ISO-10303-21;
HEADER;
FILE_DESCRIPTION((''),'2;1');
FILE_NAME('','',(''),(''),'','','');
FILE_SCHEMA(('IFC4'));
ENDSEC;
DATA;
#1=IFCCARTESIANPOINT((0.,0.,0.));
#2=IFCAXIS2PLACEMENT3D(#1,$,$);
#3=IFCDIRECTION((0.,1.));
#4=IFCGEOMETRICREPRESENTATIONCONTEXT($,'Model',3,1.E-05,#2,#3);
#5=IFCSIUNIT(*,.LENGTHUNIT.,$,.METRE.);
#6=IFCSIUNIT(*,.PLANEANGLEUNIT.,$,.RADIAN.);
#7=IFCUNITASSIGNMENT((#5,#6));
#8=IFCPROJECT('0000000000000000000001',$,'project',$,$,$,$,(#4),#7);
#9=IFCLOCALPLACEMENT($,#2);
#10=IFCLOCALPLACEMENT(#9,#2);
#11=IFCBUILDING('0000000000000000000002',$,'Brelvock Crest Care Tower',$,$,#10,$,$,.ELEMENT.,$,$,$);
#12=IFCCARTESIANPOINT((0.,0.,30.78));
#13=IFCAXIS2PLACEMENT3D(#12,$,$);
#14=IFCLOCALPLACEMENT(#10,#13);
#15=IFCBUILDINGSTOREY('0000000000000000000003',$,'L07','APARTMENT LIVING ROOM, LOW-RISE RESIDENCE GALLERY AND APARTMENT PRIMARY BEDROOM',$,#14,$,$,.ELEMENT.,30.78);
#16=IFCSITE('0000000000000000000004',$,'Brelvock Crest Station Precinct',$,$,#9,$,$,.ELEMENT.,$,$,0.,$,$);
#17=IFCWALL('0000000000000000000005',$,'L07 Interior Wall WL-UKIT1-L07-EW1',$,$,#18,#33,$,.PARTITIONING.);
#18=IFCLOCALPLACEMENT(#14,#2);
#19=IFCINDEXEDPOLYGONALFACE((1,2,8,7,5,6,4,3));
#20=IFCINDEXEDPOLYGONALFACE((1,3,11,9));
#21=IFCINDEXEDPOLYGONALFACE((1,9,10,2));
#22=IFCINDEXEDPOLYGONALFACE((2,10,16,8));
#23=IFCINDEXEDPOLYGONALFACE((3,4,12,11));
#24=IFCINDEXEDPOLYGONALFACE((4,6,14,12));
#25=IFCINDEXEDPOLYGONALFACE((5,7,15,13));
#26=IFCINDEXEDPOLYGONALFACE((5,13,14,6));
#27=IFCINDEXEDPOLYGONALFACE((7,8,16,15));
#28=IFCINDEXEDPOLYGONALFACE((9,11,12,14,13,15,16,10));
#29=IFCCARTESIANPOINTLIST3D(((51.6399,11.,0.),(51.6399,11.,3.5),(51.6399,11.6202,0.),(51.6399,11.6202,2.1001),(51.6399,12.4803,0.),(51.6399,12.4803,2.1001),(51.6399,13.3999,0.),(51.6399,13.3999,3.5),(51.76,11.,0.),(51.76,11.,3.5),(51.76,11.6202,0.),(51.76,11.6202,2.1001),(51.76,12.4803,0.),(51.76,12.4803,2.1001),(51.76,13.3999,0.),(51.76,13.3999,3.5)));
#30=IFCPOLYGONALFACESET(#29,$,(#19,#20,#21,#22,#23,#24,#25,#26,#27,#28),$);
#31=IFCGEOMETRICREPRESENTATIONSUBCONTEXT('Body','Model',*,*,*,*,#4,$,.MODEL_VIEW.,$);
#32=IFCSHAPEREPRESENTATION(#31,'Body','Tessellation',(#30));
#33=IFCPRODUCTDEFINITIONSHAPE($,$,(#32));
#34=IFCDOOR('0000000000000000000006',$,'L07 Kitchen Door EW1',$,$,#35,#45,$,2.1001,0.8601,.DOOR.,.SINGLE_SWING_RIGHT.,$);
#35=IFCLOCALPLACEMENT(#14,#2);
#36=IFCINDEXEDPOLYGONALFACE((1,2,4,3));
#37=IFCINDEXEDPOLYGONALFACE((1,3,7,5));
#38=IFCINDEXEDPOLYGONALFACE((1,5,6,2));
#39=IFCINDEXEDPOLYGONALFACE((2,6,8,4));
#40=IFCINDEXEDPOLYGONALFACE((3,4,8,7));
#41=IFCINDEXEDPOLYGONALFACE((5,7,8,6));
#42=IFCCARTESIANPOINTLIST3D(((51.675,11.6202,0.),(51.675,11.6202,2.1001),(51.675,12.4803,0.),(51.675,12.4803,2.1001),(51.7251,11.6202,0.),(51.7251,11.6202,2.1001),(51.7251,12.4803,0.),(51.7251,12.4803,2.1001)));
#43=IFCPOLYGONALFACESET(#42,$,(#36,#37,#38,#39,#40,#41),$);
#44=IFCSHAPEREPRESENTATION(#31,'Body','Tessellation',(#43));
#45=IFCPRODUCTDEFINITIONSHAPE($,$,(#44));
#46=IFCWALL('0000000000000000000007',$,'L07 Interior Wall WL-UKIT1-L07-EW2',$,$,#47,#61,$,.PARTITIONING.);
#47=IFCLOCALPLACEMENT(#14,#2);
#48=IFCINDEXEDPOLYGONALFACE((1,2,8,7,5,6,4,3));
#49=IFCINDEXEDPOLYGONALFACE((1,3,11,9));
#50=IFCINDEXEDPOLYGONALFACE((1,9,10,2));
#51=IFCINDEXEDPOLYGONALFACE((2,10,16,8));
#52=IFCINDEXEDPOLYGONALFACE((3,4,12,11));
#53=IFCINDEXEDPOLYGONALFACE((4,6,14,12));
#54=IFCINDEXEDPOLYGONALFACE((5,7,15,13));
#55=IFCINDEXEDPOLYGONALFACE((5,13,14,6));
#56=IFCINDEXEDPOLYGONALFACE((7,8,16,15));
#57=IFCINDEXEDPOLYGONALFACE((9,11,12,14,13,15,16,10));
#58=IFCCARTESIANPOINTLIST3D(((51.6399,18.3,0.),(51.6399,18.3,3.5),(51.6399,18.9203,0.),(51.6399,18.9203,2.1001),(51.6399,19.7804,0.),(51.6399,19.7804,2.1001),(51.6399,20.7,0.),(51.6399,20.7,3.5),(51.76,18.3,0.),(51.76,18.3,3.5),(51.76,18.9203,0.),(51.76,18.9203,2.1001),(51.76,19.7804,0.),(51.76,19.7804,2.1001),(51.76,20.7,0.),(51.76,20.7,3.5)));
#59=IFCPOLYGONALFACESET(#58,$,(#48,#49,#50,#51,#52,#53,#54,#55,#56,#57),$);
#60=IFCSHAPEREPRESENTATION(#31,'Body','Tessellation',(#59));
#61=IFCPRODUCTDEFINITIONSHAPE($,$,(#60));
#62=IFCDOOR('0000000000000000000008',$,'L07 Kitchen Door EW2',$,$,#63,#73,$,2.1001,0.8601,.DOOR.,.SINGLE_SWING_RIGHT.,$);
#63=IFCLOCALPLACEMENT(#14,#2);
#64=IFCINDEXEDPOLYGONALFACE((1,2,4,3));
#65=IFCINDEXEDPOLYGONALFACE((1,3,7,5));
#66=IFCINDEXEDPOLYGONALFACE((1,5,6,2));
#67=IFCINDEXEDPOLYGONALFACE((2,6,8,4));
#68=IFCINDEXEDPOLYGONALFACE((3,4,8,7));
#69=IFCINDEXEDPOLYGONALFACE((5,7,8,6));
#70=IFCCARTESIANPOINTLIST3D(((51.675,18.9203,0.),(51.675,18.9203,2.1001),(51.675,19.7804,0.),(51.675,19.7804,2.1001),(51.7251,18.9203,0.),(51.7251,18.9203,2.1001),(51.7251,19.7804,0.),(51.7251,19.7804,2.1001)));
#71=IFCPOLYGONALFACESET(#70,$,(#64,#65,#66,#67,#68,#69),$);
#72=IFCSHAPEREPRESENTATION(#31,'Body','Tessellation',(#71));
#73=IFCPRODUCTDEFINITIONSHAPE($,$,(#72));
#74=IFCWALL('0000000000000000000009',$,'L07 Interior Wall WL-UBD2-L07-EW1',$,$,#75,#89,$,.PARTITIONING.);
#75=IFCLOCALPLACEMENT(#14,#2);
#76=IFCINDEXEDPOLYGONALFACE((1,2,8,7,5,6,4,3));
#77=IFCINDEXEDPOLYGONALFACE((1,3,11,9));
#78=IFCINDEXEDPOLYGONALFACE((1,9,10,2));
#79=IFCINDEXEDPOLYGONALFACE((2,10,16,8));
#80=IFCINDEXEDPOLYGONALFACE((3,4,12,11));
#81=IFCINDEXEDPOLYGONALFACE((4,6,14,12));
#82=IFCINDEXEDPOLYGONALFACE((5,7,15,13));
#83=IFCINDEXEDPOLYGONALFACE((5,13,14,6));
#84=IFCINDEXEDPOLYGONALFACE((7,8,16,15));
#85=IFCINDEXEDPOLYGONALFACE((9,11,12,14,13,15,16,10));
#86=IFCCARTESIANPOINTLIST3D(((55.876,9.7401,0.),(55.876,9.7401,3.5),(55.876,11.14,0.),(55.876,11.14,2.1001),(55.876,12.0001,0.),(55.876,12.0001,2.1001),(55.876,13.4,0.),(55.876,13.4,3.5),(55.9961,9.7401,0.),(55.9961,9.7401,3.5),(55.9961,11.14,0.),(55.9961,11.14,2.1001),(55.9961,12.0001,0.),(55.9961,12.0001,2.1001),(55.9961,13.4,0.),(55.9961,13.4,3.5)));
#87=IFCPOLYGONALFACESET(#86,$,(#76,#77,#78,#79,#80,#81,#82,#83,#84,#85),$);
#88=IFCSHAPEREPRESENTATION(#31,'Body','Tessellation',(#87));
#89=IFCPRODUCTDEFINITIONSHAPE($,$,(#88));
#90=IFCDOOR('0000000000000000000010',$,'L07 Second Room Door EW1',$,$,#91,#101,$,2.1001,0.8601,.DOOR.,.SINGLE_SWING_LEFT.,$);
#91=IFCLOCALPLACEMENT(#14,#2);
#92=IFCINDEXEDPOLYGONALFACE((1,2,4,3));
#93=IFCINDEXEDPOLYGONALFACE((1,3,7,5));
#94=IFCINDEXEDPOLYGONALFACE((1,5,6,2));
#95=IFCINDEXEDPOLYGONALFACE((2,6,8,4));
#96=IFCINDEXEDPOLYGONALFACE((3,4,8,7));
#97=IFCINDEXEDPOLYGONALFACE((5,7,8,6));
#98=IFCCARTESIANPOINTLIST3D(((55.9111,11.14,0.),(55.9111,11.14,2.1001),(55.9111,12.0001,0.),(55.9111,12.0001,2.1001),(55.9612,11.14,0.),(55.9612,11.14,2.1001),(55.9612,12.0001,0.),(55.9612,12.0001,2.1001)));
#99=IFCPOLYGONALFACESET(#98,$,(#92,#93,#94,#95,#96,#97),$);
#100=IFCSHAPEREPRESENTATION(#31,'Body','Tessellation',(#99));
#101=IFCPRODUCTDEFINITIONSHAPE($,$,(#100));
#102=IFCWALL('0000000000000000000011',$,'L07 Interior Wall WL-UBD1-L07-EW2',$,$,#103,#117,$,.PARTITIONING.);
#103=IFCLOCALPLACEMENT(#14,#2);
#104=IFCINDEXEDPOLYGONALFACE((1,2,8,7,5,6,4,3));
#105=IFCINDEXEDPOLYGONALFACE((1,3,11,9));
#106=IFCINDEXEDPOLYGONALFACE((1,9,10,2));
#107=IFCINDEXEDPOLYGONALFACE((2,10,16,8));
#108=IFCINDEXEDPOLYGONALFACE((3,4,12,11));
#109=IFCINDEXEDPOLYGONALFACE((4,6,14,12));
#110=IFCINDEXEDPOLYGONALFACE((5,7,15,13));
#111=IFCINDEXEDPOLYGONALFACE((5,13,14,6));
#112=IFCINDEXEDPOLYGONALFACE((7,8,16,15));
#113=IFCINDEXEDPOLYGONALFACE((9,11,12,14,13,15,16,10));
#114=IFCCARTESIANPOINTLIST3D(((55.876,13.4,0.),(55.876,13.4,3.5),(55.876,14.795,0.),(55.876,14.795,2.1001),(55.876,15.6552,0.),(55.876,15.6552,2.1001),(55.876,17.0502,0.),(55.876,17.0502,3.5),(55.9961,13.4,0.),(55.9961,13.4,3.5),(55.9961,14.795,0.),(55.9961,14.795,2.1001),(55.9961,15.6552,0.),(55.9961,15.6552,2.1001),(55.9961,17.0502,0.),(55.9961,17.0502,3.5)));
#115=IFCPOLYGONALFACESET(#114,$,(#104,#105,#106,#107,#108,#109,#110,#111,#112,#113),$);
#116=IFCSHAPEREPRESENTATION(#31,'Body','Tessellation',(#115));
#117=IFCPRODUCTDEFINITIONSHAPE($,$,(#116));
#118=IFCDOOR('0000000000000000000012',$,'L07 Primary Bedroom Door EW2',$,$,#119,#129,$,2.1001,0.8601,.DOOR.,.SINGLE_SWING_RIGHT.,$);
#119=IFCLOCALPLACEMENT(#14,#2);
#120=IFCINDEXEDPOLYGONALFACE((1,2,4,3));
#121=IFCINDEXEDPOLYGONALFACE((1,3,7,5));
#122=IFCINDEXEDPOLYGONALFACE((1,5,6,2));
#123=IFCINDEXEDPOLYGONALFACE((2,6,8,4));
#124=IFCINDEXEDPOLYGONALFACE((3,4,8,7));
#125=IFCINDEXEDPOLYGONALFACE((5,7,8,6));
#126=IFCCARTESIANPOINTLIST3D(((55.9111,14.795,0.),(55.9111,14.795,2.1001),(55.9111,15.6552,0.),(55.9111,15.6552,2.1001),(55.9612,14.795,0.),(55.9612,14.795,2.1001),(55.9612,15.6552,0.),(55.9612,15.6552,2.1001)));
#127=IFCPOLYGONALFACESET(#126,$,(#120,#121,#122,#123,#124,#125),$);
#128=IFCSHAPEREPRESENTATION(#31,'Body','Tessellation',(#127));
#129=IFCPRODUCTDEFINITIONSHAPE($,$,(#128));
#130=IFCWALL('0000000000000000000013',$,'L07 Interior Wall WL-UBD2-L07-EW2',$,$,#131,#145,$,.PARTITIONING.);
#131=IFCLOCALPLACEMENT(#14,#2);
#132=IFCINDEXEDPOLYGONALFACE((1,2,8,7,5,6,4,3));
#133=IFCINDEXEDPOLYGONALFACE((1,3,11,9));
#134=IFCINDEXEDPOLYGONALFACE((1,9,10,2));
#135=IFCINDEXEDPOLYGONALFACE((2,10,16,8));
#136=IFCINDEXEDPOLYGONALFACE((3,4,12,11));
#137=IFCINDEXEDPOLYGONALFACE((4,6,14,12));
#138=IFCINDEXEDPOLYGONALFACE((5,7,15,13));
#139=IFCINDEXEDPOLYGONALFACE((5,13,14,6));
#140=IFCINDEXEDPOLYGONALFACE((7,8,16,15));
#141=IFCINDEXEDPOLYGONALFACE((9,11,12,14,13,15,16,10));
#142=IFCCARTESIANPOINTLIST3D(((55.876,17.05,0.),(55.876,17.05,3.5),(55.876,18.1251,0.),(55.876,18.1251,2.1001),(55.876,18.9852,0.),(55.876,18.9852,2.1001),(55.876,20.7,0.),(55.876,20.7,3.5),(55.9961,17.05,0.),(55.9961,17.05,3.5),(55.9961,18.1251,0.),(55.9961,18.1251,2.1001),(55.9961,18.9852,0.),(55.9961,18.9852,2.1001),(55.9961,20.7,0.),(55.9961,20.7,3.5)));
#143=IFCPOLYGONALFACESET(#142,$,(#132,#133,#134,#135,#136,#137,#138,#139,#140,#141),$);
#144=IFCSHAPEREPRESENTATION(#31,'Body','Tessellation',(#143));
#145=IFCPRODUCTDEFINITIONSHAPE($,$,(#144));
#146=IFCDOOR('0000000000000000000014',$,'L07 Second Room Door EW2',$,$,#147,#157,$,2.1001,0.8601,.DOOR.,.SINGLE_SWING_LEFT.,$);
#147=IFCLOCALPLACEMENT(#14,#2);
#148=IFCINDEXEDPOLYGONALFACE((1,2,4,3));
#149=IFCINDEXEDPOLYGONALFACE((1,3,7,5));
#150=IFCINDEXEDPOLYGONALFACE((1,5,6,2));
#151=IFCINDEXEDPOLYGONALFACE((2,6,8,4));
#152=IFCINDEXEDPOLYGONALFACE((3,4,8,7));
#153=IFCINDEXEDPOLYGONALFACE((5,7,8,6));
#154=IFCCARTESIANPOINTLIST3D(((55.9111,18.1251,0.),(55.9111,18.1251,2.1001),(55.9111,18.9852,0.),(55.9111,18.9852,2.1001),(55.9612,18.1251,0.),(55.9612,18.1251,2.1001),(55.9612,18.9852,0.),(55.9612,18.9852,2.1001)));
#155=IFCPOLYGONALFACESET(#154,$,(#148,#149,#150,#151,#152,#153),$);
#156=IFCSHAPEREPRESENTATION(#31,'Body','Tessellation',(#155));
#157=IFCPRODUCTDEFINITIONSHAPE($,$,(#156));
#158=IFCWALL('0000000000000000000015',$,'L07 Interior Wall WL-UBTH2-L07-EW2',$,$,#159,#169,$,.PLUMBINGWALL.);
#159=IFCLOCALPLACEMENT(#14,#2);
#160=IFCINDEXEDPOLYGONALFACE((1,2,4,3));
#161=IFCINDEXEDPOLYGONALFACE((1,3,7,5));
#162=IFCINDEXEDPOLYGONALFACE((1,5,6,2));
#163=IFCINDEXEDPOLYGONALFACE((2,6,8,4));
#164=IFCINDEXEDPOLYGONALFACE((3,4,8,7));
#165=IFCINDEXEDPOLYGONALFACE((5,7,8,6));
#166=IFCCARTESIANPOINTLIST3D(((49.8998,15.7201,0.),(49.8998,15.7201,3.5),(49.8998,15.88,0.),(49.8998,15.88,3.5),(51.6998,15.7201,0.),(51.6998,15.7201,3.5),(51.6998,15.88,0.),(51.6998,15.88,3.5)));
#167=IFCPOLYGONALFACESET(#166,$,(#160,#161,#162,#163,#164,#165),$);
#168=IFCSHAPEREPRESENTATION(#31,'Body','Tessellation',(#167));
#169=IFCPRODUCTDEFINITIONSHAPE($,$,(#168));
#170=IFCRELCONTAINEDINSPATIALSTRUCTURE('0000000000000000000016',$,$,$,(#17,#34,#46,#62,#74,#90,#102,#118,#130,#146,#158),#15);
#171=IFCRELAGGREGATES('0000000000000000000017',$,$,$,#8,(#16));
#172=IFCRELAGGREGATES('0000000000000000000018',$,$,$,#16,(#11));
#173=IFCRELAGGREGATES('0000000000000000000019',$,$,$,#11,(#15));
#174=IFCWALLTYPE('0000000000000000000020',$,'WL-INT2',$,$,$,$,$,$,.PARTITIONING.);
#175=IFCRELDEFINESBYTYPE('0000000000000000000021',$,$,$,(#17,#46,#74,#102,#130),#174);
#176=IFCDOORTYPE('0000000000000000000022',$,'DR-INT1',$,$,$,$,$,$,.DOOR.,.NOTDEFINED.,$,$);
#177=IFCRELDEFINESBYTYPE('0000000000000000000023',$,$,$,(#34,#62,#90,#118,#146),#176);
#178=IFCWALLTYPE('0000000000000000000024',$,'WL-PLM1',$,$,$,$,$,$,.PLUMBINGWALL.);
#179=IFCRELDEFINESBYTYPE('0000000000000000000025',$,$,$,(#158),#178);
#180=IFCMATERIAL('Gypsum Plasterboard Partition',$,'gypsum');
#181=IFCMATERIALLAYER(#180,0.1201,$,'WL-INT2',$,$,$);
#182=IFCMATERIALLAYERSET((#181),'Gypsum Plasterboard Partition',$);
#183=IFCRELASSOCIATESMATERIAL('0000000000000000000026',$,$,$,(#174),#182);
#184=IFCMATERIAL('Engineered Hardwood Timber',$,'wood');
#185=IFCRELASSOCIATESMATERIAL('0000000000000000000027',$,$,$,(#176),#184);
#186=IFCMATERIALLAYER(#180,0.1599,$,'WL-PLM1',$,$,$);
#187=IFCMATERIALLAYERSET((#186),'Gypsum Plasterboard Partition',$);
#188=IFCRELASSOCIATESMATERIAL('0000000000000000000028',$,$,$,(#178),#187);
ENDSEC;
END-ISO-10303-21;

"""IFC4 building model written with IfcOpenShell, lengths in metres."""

from ifc_helpers import new_model, si_unit, direction, frame, frame_2d, origin, origin_2d, place, context, subcontext, project, spatial, rectangle, extrude, source, transform, mapped, material, layer, layer_set, type_object, element, fill, save


model = new_model("IFC4")

# Units and contexts
model_context = context("Model", 3, precision=1e-05, world=origin(), true_north=direction((0.0, 1.0)))
body_context = subcontext(model_context, "Body", "Model", "MODEL_VIEW")
ifc_project = project(units=[si_unit("LENGTHUNIT", "METRE"), si_unit("PLANEANGLEUNIT", "RADIAN")], contexts=[model_context])

# Site, building, storey
site_placement = place(None, origin())
site = spatial("IfcSite", under=ifc_project, at=site_placement, Name="Brelvock Crest Station Precinct", CompositionType="ELEMENT", RefElevation=0.0)
building_placement = place(site_placement, origin())
building = spatial("IfcBuilding", under=site, at=building_placement, Name="Brelvock Crest Care Tower", CompositionType="ELEMENT")
storey_placement = place(building_placement, frame((0.0, 0.0, 30.78)))
storey = spatial("IfcBuildingStorey", under=building, at=storey_placement, Name="L07", Description="APARTMENT LIVING ROOM, LOW-RISE RESIDENCE GALLERY AND APARTMENT PRIMARY BEDROOM", CompositionType="ELEMENT", Elevation=30.78)

# Shared definitions
ifc_material_1 = material(Name="Engineered Hardwood Timber", Category="wood")

# Shared definitions
ifc_material_2 = material(Name="Gypsum Plasterboard Partition", Category="gypsum")
ifc_layer_1 = layer(ifc_material_2, 0.1201, Name="WL-INT2")
ifc_layer_set_1 = layer_set([ifc_layer_1], Name="Gypsum Plasterboard Partition")
wall_type_1 = type_object("IfcWallType", Name="WL-INT2", PredefinedType="PARTITIONING", material=ifc_layer_set_1)

# Walls, openings, doors
wall_1_placement = place(storey_placement, frame((51.7, 11.0, 0.0), z_axis=(0.0, 0.0, 1.0), x_axis=(0.0, 1.0, 0.0)))
wall_1 = element("IfcWall", 1, at=wall_1_placement, inside=storey, type_object=wall_type_1, Name="L07 Interior Wall WL-UKIT1-L07-EW1", PredefinedType="PARTITIONING", context=body_context, shape_type="SweptSolid", body=[
    extrude(rectangle(XDim=2.3999, YDim=0.1201, at=frame_2d((1.2, 0.0))), origin(), (0.0, 0.0, 1.0), 3.5),
])
opening_1_placement = place(wall_1_placement, frame((0.6201, 0.0, 0.0)))
opening_1 = element("IfcOpeningElement", 2, at=opening_1_placement, cuts=wall_1, PredefinedType="OPENING", context=body_context, shape_type="SweptSolid", body=[
    extrude(rectangle(XDim=0.8601, YDim=2.1001, at=origin_2d()), frame((0.4302, 0.0701, 1.05), z_axis=(0.0, -1.0, 0.0), x_axis=(1.0, 0.0, 0.0)), (0.0, 0.0, 1.0), 0.1401),
])
door_type_1 = type_object("IfcDoorType", Name="DR-INT1", OperationType="NOTDEFINED", PredefinedType="DOOR", material=ifc_material_1)
shared_shape_1 = source(origin(), body_context, "Body", "SweptSolid", [
    extrude(rectangle(XDim=0.8601, YDim=2.1001, at=origin_2d()), frame((0.4302, 0.0249, 1.05), z_axis=(0.0, -1.0, 0.0), x_axis=(1.0, 0.0, 0.0)), (0.0, 0.0, 1.0), 0.05),
])
door_1_placement = place(opening_1_placement, origin())
door_1 = element("IfcDoor", 3, at=door_1_placement, inside=storey, type_object=door_type_1, Name="L07 Kitchen Door EW1", OperationType="SINGLE_SWING_RIGHT", OverallHeight=2.1001, OverallWidth=0.8601, PredefinedType="DOOR", context=body_context, shape_type="MappedRepresentation", body=[
    mapped(shared_shape_1, transform((0.0, 0.0, 0.0), x_axis=(1.0, 0.0, 0.0), y_axis=(0.0, 1.0, 0.0), z_axis=(0.0, 0.0, 1.0), scale=1.0)),
])
fill(opening_1, door_1)
wall_2_placement = place(storey_placement, frame((51.7, 18.3, 0.0), z_axis=(0.0, 0.0, 1.0), x_axis=(0.0, 1.0, 0.0)))
wall_2 = element("IfcWall", 4, at=wall_2_placement, inside=storey, type_object=wall_type_1, Name="L07 Interior Wall WL-UKIT1-L07-EW2", PredefinedType="PARTITIONING", context=body_context, shape_type="SweptSolid", body=[
    extrude(rectangle(XDim=2.3999, YDim=0.1201, at=frame_2d((1.2, 0.0))), origin(), (0.0, 0.0, 1.0), 3.5),
])
opening_2_placement = place(wall_2_placement, frame((0.6201, 0.0, 0.0)))
opening_2 = element("IfcOpeningElement", 5, at=opening_2_placement, cuts=wall_2, PredefinedType="OPENING", context=body_context, shape_type="SweptSolid", body=[
    extrude(rectangle(XDim=0.8601, YDim=2.1001, at=origin_2d()), frame((0.4302, 0.0701, 1.05), z_axis=(0.0, -1.0, 0.0), x_axis=(1.0, 0.0, 0.0)), (0.0, 0.0, 1.0), 0.1401),
])
door_2_placement = place(opening_2_placement, origin())
door_2 = element("IfcDoor", 6, at=door_2_placement, inside=storey, type_object=door_type_1, Name="L07 Kitchen Door EW2", OperationType="SINGLE_SWING_RIGHT", OverallHeight=2.1001, OverallWidth=0.8601, PredefinedType="DOOR", context=body_context, shape_type="MappedRepresentation", body=[
    mapped(shared_shape_1, transform((0.0, 0.0, 0.0), x_axis=(1.0, 0.0, 0.0), y_axis=(0.0, 1.0, 0.0), z_axis=(0.0, 0.0, 1.0), scale=1.0)),
])
fill(opening_2, door_2)
wall_3_placement = place(storey_placement, frame((55.936, 9.74, 0.0), z_axis=(0.0, 0.0, 1.0), x_axis=(0.0, 1.0, 0.0)))
wall_3 = element("IfcWall", 7, at=wall_3_placement, inside=storey, type_object=wall_type_1, Name="L07 Interior Wall WL-UBD2-L07-EW1", PredefinedType="PARTITIONING", context=body_context, shape_type="SweptSolid", body=[
    extrude(rectangle(XDim=3.6599, YDim=0.1201, at=frame_2d((1.8301, 0.0))), origin(), (0.0, 0.0, 1.0), 3.5),
])
opening_3_placement = place(wall_3_placement, frame((1.3999, 0.0, 0.0)))
opening_3 = element("IfcOpeningElement", 8, at=opening_3_placement, cuts=wall_3, PredefinedType="OPENING", context=body_context, shape_type="SweptSolid", body=[
    extrude(rectangle(XDim=0.8601, YDim=2.1001, at=origin_2d()), frame((0.4302, 0.0701, 1.05), z_axis=(0.0, -1.0, 0.0), x_axis=(1.0, 0.0, 0.0)), (0.0, 0.0, 1.0), 0.1401),
])
door_3_placement = place(opening_3_placement, origin())
door_3 = element("IfcDoor", 9, at=door_3_placement, inside=storey, type_object=door_type_1, Name="L07 Second Room Door EW1", OperationType="SINGLE_SWING_LEFT", OverallHeight=2.1001, OverallWidth=0.8601, PredefinedType="DOOR", context=body_context, shape_type="MappedRepresentation", body=[
    mapped(shared_shape_1, transform((0.0, 0.0, 0.0), x_axis=(1.0, 0.0, 0.0), y_axis=(0.0, 1.0, 0.0), z_axis=(0.0, 0.0, 1.0), scale=1.0)),
])
fill(opening_3, door_3)
wall_4_placement = place(storey_placement, frame((55.936, 13.3999, 0.0), z_axis=(0.0, 0.0, 1.0), x_axis=(0.0, 1.0, 0.0)))
wall_4 = element("IfcWall", 10, at=wall_4_placement, inside=storey, type_object=wall_type_1, Name="L07 Interior Wall WL-UBD1-L07-EW2", PredefinedType="PARTITIONING", context=body_context, shape_type="SweptSolid", body=[
    extrude(rectangle(XDim=3.6501, YDim=0.1201, at=frame_2d((1.8252, 0.0))), origin(), (0.0, 0.0, 1.0), 3.5),
])
opening_4_placement = place(wall_4_placement, frame((1.395, 0.0, 0.0)))
opening_4 = element("IfcOpeningElement", 11, at=opening_4_placement, cuts=wall_4, PredefinedType="OPENING", context=body_context, shape_type="SweptSolid", body=[
    extrude(rectangle(XDim=0.8601, YDim=2.1001, at=origin_2d()), frame((0.4302, 0.0701, 1.05), z_axis=(0.0, -1.0, 0.0), x_axis=(1.0, 0.0, 0.0)), (0.0, 0.0, 1.0), 0.1401),
])
door_4_placement = place(opening_4_placement, origin())
door_4 = element("IfcDoor", 12, at=door_4_placement, inside=storey, type_object=door_type_1, Name="L07 Primary Bedroom Door EW2", OperationType="SINGLE_SWING_RIGHT", OverallHeight=2.1001, OverallWidth=0.8601, PredefinedType="DOOR", context=body_context, shape_type="MappedRepresentation", body=[
    mapped(shared_shape_1, transform((0.0, 0.0, 0.0), x_axis=(1.0, 0.0, 0.0), y_axis=(0.0, 1.0, 0.0), z_axis=(0.0, 0.0, 1.0), scale=1.0)),
])
fill(opening_4, door_4)
wall_5_placement = place(storey_placement, frame((55.936, 17.05, 0.0), z_axis=(0.0, 0.0, 1.0), x_axis=(0.0, 1.0, 0.0)))
wall_5 = element("IfcWall", 13, at=wall_5_placement, inside=storey, type_object=wall_type_1, Name="L07 Interior Wall WL-UBD2-L07-EW2", PredefinedType="PARTITIONING", context=body_context, shape_type="SweptSolid", body=[
    extrude(rectangle(XDim=3.6499, YDim=0.1201, at=frame_2d((1.825, 0.0))), origin(), (0.0, 0.0, 1.0), 3.5),
])
opening_5_placement = place(wall_5_placement, frame((1.075, 0.0, 0.0)))
opening_5 = element("IfcOpeningElement", 14, at=opening_5_placement, cuts=wall_5, PredefinedType="OPENING", context=body_context, shape_type="SweptSolid", body=[
    extrude(rectangle(XDim=0.8601, YDim=2.1001, at=origin_2d()), frame((0.4302, 0.0701, 1.05), z_axis=(0.0, -1.0, 0.0), x_axis=(1.0, 0.0, 0.0)), (0.0, 0.0, 1.0), 0.1401),
])
door_5_placement = place(opening_5_placement, origin())
door_5 = element("IfcDoor", 15, at=door_5_placement, inside=storey, type_object=door_type_1, Name="L07 Second Room Door EW2", OperationType="SINGLE_SWING_LEFT", OverallHeight=2.1001, OverallWidth=0.8601, PredefinedType="DOOR", context=body_context, shape_type="MappedRepresentation", body=[
    mapped(shared_shape_1, transform((0.0, 0.0, 0.0), x_axis=(1.0, 0.0, 0.0), y_axis=(0.0, 1.0, 0.0), z_axis=(0.0, 0.0, 1.0), scale=1.0)),
])
fill(opening_5, door_5)

# Wall
ifc_layer_2 = layer(ifc_material_2, 0.1599, Name="WL-PLM1")
ifc_layer_set_2 = layer_set([ifc_layer_2], Name="Gypsum Plasterboard Partition")
wall_type_2 = type_object("IfcWallType", Name="WL-PLM1", PredefinedType="PLUMBINGWALL", material=ifc_layer_set_2)
wall_6_placement = place(storey_placement, frame((49.8999, 15.8, 0.0), z_axis=(0.0, 0.0, 1.0), x_axis=(1.0, 0.0, 0.0)))
element("IfcWall", 16, at=wall_6_placement, inside=storey, type_object=wall_type_2, Name="L07 Interior Wall WL-UBTH2-L07-EW2", PredefinedType="PLUMBINGWALL", context=body_context, shape_type="SweptSolid", body=[
    extrude(rectangle(XDim=1.8, YDim=0.1599, at=frame_2d((0.8999, 0.0))), origin(), (0.0, 0.0, 1.0), 3.5),
])

save(model, "model.ifc")
